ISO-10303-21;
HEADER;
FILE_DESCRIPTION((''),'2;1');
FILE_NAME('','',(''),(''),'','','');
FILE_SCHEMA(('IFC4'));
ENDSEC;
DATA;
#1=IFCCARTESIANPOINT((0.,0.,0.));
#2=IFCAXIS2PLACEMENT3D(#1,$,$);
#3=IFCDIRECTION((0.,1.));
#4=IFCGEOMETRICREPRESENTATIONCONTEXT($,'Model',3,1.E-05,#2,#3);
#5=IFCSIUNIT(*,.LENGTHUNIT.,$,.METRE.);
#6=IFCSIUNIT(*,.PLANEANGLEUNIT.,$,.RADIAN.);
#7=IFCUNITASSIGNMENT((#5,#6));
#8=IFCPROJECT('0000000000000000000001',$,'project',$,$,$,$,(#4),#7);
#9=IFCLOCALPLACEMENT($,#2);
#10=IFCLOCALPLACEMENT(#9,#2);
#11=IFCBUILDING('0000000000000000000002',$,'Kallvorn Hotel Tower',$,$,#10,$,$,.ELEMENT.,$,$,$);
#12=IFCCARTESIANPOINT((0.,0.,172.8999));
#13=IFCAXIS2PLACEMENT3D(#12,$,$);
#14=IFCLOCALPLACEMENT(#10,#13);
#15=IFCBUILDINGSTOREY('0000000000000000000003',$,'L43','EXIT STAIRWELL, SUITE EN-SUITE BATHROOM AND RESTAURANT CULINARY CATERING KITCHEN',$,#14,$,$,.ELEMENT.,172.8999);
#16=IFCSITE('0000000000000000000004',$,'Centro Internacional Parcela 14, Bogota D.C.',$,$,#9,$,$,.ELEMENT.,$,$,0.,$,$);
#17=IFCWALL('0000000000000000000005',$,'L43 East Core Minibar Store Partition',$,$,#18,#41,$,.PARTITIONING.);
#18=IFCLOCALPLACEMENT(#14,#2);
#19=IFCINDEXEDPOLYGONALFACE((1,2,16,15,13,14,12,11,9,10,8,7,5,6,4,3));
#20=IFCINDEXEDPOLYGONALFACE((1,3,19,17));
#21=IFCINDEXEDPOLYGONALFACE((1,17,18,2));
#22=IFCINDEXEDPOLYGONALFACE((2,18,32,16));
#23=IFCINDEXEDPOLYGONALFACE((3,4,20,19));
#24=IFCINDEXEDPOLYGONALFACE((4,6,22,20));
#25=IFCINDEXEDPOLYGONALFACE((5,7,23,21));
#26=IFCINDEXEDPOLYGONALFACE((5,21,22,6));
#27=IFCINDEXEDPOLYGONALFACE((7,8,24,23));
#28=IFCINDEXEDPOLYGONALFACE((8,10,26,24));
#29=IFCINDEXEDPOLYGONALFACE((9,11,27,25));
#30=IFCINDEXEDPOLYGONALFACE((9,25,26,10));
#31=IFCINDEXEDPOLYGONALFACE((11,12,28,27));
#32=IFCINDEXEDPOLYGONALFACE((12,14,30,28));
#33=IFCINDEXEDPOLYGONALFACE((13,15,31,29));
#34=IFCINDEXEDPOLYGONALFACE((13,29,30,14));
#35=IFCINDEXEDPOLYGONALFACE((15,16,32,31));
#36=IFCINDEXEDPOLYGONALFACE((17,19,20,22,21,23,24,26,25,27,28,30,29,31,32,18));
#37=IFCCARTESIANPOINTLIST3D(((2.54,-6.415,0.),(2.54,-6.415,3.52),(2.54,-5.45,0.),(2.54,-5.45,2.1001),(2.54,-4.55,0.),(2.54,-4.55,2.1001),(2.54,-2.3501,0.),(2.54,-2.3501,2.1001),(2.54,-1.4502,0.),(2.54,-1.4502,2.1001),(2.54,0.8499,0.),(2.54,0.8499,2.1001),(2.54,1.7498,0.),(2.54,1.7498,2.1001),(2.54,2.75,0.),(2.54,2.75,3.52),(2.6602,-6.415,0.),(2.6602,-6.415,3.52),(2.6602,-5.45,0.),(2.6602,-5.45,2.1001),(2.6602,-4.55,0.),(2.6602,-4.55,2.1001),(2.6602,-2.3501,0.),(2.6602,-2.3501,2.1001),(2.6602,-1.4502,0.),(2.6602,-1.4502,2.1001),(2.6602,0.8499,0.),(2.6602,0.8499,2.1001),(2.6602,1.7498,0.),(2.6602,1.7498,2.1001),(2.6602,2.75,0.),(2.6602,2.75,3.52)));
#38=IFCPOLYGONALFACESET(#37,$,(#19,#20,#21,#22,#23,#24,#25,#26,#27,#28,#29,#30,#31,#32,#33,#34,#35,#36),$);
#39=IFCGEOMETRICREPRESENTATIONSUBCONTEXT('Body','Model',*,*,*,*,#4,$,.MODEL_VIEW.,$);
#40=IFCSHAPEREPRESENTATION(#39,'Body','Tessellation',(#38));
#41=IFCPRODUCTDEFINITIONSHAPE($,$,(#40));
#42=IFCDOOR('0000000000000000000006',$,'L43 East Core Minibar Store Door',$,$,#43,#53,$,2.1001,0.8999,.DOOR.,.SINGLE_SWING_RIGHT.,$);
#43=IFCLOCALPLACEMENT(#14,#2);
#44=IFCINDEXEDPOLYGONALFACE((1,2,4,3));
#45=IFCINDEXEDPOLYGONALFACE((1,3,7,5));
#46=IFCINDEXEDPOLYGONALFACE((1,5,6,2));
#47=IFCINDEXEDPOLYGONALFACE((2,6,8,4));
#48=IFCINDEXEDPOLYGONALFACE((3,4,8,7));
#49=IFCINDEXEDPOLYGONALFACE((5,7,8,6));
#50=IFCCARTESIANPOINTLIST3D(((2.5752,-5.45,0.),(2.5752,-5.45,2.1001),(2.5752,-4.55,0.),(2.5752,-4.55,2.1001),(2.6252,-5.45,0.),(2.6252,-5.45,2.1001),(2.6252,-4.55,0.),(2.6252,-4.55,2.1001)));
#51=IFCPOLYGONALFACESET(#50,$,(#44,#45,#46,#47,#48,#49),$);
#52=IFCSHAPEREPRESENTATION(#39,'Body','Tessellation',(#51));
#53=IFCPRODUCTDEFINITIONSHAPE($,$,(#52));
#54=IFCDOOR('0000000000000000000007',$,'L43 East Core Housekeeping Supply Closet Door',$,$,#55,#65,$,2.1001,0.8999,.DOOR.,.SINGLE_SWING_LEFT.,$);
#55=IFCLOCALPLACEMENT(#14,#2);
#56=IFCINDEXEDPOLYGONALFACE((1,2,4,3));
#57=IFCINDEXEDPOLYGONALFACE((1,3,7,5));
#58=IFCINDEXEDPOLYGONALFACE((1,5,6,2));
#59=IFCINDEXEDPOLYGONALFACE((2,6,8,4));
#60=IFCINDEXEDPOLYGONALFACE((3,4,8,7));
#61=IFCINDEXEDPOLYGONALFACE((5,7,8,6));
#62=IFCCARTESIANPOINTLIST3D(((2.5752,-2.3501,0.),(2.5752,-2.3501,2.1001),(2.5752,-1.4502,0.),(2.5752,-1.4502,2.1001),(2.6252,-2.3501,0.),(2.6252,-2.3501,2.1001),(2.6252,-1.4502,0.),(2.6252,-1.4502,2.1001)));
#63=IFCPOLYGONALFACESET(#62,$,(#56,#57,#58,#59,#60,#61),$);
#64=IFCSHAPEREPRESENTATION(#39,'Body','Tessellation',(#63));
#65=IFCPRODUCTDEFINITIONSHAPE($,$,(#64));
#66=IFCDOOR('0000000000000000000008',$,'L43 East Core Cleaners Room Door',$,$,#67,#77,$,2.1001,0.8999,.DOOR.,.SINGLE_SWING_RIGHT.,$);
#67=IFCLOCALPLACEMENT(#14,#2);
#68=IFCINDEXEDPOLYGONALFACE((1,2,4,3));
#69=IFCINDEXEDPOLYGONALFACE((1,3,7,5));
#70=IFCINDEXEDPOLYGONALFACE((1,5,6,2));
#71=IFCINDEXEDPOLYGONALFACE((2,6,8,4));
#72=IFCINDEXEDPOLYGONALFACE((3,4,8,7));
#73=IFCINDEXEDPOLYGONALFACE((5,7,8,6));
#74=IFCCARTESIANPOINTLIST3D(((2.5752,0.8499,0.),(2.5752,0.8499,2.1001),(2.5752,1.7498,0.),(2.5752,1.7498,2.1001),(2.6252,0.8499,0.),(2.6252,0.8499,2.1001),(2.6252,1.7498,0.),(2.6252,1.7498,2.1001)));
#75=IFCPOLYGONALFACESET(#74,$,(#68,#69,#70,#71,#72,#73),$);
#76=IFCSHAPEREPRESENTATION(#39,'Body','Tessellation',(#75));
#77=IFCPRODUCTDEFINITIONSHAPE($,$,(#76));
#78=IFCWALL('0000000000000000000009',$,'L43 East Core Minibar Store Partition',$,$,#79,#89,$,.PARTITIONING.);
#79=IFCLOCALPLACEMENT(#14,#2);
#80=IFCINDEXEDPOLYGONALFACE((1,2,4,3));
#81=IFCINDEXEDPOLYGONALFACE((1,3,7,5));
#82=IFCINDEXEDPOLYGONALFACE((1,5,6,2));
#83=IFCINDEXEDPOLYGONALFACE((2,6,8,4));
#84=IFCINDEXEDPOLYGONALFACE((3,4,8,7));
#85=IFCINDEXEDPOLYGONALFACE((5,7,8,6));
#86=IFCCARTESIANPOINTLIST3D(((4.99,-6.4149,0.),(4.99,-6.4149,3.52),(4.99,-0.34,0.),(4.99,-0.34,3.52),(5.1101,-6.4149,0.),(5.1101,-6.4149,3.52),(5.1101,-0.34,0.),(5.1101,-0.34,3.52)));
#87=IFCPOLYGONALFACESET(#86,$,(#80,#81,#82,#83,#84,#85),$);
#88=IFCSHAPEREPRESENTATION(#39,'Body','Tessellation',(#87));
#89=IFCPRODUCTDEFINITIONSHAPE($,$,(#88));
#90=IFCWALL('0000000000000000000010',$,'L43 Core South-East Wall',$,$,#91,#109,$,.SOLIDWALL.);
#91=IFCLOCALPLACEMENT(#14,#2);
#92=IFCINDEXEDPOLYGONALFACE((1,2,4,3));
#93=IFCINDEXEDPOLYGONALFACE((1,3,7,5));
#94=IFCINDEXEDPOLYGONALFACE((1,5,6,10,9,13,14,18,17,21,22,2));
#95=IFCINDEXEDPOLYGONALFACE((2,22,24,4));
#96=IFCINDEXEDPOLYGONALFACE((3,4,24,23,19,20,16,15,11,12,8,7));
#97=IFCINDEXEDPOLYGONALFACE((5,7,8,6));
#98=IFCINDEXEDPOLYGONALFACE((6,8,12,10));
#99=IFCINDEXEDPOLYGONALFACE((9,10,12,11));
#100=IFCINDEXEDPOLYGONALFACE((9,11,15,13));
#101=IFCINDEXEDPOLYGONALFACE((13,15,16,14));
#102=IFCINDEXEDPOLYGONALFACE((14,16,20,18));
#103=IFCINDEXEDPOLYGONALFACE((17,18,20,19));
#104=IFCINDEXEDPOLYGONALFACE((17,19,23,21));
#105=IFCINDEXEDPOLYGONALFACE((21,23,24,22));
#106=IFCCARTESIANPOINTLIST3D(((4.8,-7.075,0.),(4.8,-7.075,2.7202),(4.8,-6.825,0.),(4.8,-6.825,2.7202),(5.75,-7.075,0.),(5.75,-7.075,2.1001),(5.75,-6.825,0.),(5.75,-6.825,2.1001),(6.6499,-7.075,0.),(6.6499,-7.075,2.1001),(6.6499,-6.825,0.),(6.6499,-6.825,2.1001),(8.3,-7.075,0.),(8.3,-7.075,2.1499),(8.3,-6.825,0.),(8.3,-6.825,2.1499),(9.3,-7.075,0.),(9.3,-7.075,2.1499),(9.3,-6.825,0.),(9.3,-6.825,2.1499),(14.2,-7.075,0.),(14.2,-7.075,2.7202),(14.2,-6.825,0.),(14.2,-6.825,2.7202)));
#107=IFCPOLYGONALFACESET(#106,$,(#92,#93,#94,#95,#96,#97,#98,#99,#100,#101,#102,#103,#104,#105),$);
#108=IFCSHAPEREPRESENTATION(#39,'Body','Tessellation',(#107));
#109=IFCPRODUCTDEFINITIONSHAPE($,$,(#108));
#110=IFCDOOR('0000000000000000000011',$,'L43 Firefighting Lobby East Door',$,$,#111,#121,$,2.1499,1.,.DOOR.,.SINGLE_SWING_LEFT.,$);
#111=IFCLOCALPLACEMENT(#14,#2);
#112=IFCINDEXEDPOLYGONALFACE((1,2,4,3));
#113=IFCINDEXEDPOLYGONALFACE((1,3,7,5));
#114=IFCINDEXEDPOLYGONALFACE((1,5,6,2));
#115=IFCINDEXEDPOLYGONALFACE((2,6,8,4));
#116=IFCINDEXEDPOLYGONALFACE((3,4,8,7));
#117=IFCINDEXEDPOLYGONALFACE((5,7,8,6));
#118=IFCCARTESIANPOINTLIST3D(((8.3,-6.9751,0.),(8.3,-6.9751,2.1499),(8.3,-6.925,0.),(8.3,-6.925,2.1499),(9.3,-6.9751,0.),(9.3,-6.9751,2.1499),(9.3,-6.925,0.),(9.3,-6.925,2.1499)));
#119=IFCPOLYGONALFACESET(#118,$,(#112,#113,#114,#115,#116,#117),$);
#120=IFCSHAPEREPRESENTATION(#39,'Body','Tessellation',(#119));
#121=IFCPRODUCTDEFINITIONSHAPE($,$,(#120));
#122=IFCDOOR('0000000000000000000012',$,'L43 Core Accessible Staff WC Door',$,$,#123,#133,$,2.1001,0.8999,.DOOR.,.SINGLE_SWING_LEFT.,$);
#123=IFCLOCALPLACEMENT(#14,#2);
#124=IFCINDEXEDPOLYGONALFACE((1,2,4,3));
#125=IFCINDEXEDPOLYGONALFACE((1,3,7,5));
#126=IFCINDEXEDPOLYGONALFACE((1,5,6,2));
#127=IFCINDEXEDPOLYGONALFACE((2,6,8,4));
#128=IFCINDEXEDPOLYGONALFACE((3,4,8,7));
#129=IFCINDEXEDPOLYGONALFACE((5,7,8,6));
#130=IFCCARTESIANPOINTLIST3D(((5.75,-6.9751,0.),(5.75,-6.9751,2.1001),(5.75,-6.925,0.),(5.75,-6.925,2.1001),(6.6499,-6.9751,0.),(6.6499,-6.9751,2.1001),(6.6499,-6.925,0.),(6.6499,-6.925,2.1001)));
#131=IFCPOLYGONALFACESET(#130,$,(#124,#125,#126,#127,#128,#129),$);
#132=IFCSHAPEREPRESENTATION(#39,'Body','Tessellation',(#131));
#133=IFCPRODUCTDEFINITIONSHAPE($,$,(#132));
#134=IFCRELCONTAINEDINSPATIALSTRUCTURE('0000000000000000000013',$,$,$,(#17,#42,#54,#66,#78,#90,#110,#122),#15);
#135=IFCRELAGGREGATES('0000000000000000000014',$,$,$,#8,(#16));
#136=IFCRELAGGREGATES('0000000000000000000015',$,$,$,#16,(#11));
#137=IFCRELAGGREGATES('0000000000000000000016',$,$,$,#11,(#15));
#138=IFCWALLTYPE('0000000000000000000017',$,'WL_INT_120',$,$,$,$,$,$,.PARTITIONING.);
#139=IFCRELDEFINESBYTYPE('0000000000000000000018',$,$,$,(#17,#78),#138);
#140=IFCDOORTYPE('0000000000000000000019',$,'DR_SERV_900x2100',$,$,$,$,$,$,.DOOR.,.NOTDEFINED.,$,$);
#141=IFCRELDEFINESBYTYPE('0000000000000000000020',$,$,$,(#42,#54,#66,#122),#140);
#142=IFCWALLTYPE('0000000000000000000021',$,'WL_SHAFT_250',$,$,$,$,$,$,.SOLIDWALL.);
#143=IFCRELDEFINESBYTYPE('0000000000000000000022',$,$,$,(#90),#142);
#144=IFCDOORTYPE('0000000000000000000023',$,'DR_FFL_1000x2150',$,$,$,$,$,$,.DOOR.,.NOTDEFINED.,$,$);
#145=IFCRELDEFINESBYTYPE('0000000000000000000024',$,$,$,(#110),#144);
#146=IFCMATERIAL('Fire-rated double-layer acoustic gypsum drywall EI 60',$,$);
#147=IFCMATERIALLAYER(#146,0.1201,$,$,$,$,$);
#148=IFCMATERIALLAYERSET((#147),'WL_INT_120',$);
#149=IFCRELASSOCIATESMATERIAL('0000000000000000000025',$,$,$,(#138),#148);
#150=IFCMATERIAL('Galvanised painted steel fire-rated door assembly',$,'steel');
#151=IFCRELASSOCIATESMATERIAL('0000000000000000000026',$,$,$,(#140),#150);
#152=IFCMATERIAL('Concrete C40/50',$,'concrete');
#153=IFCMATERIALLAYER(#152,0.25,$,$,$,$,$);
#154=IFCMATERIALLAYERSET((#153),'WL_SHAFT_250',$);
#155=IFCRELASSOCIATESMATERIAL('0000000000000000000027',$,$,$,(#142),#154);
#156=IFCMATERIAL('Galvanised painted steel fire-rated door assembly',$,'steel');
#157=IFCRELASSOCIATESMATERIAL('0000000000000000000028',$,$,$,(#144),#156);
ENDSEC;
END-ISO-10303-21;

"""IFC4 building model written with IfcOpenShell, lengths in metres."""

from ifc_helpers import new_model, si_unit, direction, frame, frame_2d, origin, place, context, subcontext, project, spatial, rectangle, extrude, material, layer, layer_set, type_object, element, fill, save


model = new_model("IFC4")

# Units and contexts
model_context = context("Model", 3, precision=1e-05, world=origin(), true_north=direction((0.0, 1.0)))
body_context = subcontext(model_context, "Body", "Model", "MODEL_VIEW")
ifc_project = project(units=[si_unit("LENGTHUNIT", "METRE"), si_unit("PLANEANGLEUNIT", "RADIAN")], contexts=[model_context])

# Site, building, storey
site_placement = place(None, origin())
site = spatial("IfcSite", under=ifc_project, at=site_placement, Name="Centro Internacional Parcela 14, Bogota D.C.", CompositionType="ELEMENT", RefElevation=0.0)
building_placement = place(site_placement, origin())
building = spatial("IfcBuilding", under=site, at=building_placement, Name="Kallvorn Hotel Tower", CompositionType="ELEMENT")
storey_placement = place(building_placement, frame((0.0, 0.0, 172.8999)))
storey = spatial("IfcBuildingStorey", under=building, at=storey_placement, Name="L43", Description="EXIT STAIRWELL, SUITE EN-SUITE BATHROOM AND RESTAURANT CULINARY CATERING KITCHEN", CompositionType="ELEMENT", Elevation=172.8999)

# Shared definitions
ifc_material_1 = material(Name="Fire-rated double-layer acoustic gypsum drywall EI 60")
ifc_layer_1 = layer(ifc_material_1, 0.1201)
ifc_layer_set_1 = layer_set([ifc_layer_1], Name="WL_INT_120")
wall_type_1 = type_object("IfcWallType", Name="WL_INT_120", PredefinedType="PARTITIONING", material=ifc_layer_set_1)

# Wall, openings, doors
wall_1_placement = place(storey_placement, frame((2.6001, -6.415, 0.0), z_axis=(0.0, 0.0, 1.0), x_axis=(0.0, 1.0, 0.0)))
wall_1 = element("IfcWall", 1, at=wall_1_placement, inside=storey, type_object=wall_type_1, Name="L43 East Core Minibar Store Partition", PredefinedType="PARTITIONING", context=body_context, shape_type="SweptSolid", body=[
    extrude(rectangle(XDim=9.165, YDim=0.1201, at=frame_2d((4.5825, 0.0))), origin(), (0.0, 0.0, 1.0), 3.52),
])
opening_1_placement = place(wall_1_placement, frame((0.9651, 0.0, 0.0)))
opening_1 = element("IfcOpeningElement", 2, at=opening_1_placement, cuts=wall_1, PredefinedType="OPENING", context=body_context, shape_type="SweptSolid", body=[
    extrude(rectangle(XDim=0.8999, YDim=2.1001, at=frame_2d((0.45, 1.05))), frame((0.0, 0.075, 0.0), z_axis=(0.0, -1.0, 0.0), x_axis=(1.0, 0.0, 0.0)), (0.0, 0.0, 1.0), 0.1501),
])
opening_2_placement = place(wall_1_placement, frame((4.0649, 0.0, 0.0)))
opening_2 = element("IfcOpeningElement", 3, at=opening_2_placement, cuts=wall_1, PredefinedType="OPENING", context=body_context, shape_type="SweptSolid", body=[
    extrude(rectangle(XDim=0.8999, YDim=2.1001, at=frame_2d((0.45, 1.05))), frame((0.0, 0.075, 0.0), z_axis=(0.0, -1.0, 0.0), x_axis=(1.0, 0.0, 0.0)), (0.0, 0.0, 1.0), 0.1501),
])
opening_3_placement = place(wall_1_placement, frame((7.2649, 0.0, 0.0)))
opening_3 = element("IfcOpeningElement", 4, at=opening_3_placement, cuts=wall_1, PredefinedType="OPENING", context=body_context, shape_type="SweptSolid", body=[
    extrude(rectangle(XDim=0.8999, YDim=2.1001, at=frame_2d((0.45, 1.05))), frame((0.0, 0.075, 0.0), z_axis=(0.0, -1.0, 0.0), x_axis=(1.0, 0.0, 0.0)), (0.0, 0.0, 1.0), 0.1501),
])
ifc_material_2 = material(Name="Galvanised painted steel fire-rated door assembly", Category="steel")
door_type_1 = type_object("IfcDoorType", Name="DR_SERV_900x2100", OperationType="NOTDEFINED", PredefinedType="DOOR", material=ifc_material_2)
door_1_placement = place(opening_1_placement, origin())
door_1 = element("IfcDoor", 5, at=door_1_placement, inside=storey, type_object=door_type_1, Name="L43 East Core Minibar Store Door", OperationType="SINGLE_SWING_RIGHT", OverallHeight=2.1001, OverallWidth=0.8999, PredefinedType="DOOR", context=body_context, shape_type="SweptSolid", body=[
    extrude(rectangle(XDim=0.8999, YDim=2.1001, at=frame_2d((0.45, 1.05))), frame((0.0, 0.0249, 0.0), z_axis=(0.0, -1.0, 0.0), x_axis=(1.0, 0.0, 0.0)), (0.0, 0.0, 1.0), 0.05),
])
fill(opening_1, door_1)
door_2_placement = place(opening_2_placement, origin())
door_2 = element("IfcDoor", 6, at=door_2_placement, inside=storey, type_object=door_type_1, Name="L43 East Core Housekeeping Supply Closet Door", OperationType="SINGLE_SWING_LEFT", OverallHeight=2.1001, OverallWidth=0.8999, PredefinedType="DOOR", context=body_context, shape_type="SweptSolid", body=[
    extrude(rectangle(XDim=0.8999, YDim=2.1001, at=frame_2d((0.45, 1.05))), frame((0.0, 0.0249, 0.0), z_axis=(0.0, -1.0, 0.0), x_axis=(1.0, 0.0, 0.0)), (0.0, 0.0, 1.0), 0.05),
])
fill(opening_2, door_2)
door_3_placement = place(opening_3_placement, origin())
door_3 = element("IfcDoor", 7, at=door_3_placement, inside=storey, type_object=door_type_1, Name="L43 East Core Cleaners Room Door", OperationType="SINGLE_SWING_RIGHT", OverallHeight=2.1001, OverallWidth=0.8999, PredefinedType="DOOR", context=body_context, shape_type="SweptSolid", body=[
    extrude(rectangle(XDim=0.8999, YDim=2.1001, at=frame_2d((0.45, 1.05))), frame((0.0, 0.0249, 0.0), z_axis=(0.0, -1.0, 0.0), x_axis=(1.0, 0.0, 0.0)), (0.0, 0.0, 1.0), 0.05),
])
fill(opening_3, door_3)

# Wall
wall_2_placement = place(storey_placement, frame((5.05, -6.415, 0.0), z_axis=(0.0, 0.0, 1.0), x_axis=(0.0, 1.0, 0.0)))
element("IfcWall", 8, at=wall_2_placement, inside=storey, type_object=wall_type_1, Name="L43 East Core Minibar Store Partition", PredefinedType="PARTITIONING", context=body_context, shape_type="SweptSolid", body=[
    extrude(rectangle(XDim=6.075, YDim=0.1201, at=frame_2d((3.0376, 0.0))), origin(), (0.0, 0.0, 1.0), 3.52),
])

# Wall, openings, doors
ifc_material_3 = material(Name="Concrete C40/50", Category="concrete")
ifc_layer_2 = layer(ifc_material_3, 0.25)
ifc_layer_set_2 = layer_set([ifc_layer_2], Name="WL_SHAFT_250")
wall_type_2 = type_object("IfcWallType", Name="WL_SHAFT_250", PredefinedType="SOLIDWALL", material=ifc_layer_set_2)
wall_3_placement = place(storey_placement, frame((4.8, -6.95, 0.0), z_axis=(0.0, 0.0, 1.0), x_axis=(1.0, 0.0, 0.0)))
wall_3 = element("IfcWall", 9, at=wall_3_placement, inside=storey, type_object=wall_type_2, Name="L43 Core South-East Wall", PredefinedType="SOLIDWALL", context=body_context, shape_type="SweptSolid", body=[
    extrude(rectangle(XDim=9.3999, YDim=0.25, at=frame_2d((4.7, 0.0))), origin(), (0.0, 0.0, 1.0), 2.7202),
])
opening_4_placement = place(wall_3_placement, frame((3.5, 0.0, 0.0)))
opening_4 = element("IfcOpeningElement", 10, at=opening_4_placement, cuts=wall_3, PredefinedType="OPENING", context=body_context, shape_type="SweptSolid", body=[
    extrude(rectangle(XDim=1.0, YDim=2.1499, at=frame_2d((0.5, 1.075))), frame((0.0, 0.1399, 0.0), z_axis=(0.0, -1.0, 0.0), x_axis=(1.0, 0.0, 0.0)), (0.0, 0.0, 1.0), 0.28),
])
opening_5_placement = place(wall_3_placement, frame((0.95, 0.0, 0.0)))
opening_5 = element("IfcOpeningElement", 11, at=opening_5_placement, cuts=wall_3, PredefinedType="OPENING", context=body_context, shape_type="SweptSolid", body=[
    extrude(rectangle(XDim=0.8999, YDim=2.1001, at=frame_2d((0.45, 1.05))), frame((0.0, 0.1399, 0.0), z_axis=(0.0, -1.0, 0.0), x_axis=(1.0, 0.0, 0.0)), (0.0, 0.0, 1.0), 0.28),
])
ifc_material_4 = material(Name="Galvanised painted steel fire-rated door assembly", Category="steel")
door_type_2 = type_object("IfcDoorType", Name="DR_FFL_1000x2150", OperationType="NOTDEFINED", PredefinedType="DOOR", material=ifc_material_4)
door_4_placement = place(opening_4_placement, origin())
door_4 = element("IfcDoor", 12, at=door_4_placement, inside=storey, type_object=door_type_2, Name="L43 Firefighting Lobby East Door", OperationType="SINGLE_SWING_LEFT", OverallHeight=2.1499, OverallWidth=1.0, PredefinedType="DOOR", context=body_context, shape_type="SweptSolid", body=[
    extrude(rectangle(XDim=1.0, YDim=2.1499, at=frame_2d((0.5, 1.075))), frame((0.0, 0.0249, 0.0), z_axis=(0.0, -1.0, 0.0), x_axis=(1.0, 0.0, 0.0)), (0.0, 0.0, 1.0), 0.05),
])
fill(opening_4, door_4)
door_5_placement = place(opening_5_placement, origin())
door_5 = element("IfcDoor", 13, at=door_5_placement, inside=storey, type_object=door_type_1, Name="L43 Core Accessible Staff WC Door", OperationType="SINGLE_SWING_LEFT", OverallHeight=2.1001, OverallWidth=0.8999, PredefinedType="DOOR", context=body_context, shape_type="SweptSolid", body=[
    extrude(rectangle(XDim=0.8999, YDim=2.1001, at=frame_2d((0.45, 1.05))), frame((0.0, 0.0249, 0.0), z_axis=(0.0, -1.0, 0.0), x_axis=(1.0, 0.0, 0.0)), (0.0, 0.0, 1.0), 0.05),
])
fill(opening_5, door_5)

save(model, "model.ifc")
